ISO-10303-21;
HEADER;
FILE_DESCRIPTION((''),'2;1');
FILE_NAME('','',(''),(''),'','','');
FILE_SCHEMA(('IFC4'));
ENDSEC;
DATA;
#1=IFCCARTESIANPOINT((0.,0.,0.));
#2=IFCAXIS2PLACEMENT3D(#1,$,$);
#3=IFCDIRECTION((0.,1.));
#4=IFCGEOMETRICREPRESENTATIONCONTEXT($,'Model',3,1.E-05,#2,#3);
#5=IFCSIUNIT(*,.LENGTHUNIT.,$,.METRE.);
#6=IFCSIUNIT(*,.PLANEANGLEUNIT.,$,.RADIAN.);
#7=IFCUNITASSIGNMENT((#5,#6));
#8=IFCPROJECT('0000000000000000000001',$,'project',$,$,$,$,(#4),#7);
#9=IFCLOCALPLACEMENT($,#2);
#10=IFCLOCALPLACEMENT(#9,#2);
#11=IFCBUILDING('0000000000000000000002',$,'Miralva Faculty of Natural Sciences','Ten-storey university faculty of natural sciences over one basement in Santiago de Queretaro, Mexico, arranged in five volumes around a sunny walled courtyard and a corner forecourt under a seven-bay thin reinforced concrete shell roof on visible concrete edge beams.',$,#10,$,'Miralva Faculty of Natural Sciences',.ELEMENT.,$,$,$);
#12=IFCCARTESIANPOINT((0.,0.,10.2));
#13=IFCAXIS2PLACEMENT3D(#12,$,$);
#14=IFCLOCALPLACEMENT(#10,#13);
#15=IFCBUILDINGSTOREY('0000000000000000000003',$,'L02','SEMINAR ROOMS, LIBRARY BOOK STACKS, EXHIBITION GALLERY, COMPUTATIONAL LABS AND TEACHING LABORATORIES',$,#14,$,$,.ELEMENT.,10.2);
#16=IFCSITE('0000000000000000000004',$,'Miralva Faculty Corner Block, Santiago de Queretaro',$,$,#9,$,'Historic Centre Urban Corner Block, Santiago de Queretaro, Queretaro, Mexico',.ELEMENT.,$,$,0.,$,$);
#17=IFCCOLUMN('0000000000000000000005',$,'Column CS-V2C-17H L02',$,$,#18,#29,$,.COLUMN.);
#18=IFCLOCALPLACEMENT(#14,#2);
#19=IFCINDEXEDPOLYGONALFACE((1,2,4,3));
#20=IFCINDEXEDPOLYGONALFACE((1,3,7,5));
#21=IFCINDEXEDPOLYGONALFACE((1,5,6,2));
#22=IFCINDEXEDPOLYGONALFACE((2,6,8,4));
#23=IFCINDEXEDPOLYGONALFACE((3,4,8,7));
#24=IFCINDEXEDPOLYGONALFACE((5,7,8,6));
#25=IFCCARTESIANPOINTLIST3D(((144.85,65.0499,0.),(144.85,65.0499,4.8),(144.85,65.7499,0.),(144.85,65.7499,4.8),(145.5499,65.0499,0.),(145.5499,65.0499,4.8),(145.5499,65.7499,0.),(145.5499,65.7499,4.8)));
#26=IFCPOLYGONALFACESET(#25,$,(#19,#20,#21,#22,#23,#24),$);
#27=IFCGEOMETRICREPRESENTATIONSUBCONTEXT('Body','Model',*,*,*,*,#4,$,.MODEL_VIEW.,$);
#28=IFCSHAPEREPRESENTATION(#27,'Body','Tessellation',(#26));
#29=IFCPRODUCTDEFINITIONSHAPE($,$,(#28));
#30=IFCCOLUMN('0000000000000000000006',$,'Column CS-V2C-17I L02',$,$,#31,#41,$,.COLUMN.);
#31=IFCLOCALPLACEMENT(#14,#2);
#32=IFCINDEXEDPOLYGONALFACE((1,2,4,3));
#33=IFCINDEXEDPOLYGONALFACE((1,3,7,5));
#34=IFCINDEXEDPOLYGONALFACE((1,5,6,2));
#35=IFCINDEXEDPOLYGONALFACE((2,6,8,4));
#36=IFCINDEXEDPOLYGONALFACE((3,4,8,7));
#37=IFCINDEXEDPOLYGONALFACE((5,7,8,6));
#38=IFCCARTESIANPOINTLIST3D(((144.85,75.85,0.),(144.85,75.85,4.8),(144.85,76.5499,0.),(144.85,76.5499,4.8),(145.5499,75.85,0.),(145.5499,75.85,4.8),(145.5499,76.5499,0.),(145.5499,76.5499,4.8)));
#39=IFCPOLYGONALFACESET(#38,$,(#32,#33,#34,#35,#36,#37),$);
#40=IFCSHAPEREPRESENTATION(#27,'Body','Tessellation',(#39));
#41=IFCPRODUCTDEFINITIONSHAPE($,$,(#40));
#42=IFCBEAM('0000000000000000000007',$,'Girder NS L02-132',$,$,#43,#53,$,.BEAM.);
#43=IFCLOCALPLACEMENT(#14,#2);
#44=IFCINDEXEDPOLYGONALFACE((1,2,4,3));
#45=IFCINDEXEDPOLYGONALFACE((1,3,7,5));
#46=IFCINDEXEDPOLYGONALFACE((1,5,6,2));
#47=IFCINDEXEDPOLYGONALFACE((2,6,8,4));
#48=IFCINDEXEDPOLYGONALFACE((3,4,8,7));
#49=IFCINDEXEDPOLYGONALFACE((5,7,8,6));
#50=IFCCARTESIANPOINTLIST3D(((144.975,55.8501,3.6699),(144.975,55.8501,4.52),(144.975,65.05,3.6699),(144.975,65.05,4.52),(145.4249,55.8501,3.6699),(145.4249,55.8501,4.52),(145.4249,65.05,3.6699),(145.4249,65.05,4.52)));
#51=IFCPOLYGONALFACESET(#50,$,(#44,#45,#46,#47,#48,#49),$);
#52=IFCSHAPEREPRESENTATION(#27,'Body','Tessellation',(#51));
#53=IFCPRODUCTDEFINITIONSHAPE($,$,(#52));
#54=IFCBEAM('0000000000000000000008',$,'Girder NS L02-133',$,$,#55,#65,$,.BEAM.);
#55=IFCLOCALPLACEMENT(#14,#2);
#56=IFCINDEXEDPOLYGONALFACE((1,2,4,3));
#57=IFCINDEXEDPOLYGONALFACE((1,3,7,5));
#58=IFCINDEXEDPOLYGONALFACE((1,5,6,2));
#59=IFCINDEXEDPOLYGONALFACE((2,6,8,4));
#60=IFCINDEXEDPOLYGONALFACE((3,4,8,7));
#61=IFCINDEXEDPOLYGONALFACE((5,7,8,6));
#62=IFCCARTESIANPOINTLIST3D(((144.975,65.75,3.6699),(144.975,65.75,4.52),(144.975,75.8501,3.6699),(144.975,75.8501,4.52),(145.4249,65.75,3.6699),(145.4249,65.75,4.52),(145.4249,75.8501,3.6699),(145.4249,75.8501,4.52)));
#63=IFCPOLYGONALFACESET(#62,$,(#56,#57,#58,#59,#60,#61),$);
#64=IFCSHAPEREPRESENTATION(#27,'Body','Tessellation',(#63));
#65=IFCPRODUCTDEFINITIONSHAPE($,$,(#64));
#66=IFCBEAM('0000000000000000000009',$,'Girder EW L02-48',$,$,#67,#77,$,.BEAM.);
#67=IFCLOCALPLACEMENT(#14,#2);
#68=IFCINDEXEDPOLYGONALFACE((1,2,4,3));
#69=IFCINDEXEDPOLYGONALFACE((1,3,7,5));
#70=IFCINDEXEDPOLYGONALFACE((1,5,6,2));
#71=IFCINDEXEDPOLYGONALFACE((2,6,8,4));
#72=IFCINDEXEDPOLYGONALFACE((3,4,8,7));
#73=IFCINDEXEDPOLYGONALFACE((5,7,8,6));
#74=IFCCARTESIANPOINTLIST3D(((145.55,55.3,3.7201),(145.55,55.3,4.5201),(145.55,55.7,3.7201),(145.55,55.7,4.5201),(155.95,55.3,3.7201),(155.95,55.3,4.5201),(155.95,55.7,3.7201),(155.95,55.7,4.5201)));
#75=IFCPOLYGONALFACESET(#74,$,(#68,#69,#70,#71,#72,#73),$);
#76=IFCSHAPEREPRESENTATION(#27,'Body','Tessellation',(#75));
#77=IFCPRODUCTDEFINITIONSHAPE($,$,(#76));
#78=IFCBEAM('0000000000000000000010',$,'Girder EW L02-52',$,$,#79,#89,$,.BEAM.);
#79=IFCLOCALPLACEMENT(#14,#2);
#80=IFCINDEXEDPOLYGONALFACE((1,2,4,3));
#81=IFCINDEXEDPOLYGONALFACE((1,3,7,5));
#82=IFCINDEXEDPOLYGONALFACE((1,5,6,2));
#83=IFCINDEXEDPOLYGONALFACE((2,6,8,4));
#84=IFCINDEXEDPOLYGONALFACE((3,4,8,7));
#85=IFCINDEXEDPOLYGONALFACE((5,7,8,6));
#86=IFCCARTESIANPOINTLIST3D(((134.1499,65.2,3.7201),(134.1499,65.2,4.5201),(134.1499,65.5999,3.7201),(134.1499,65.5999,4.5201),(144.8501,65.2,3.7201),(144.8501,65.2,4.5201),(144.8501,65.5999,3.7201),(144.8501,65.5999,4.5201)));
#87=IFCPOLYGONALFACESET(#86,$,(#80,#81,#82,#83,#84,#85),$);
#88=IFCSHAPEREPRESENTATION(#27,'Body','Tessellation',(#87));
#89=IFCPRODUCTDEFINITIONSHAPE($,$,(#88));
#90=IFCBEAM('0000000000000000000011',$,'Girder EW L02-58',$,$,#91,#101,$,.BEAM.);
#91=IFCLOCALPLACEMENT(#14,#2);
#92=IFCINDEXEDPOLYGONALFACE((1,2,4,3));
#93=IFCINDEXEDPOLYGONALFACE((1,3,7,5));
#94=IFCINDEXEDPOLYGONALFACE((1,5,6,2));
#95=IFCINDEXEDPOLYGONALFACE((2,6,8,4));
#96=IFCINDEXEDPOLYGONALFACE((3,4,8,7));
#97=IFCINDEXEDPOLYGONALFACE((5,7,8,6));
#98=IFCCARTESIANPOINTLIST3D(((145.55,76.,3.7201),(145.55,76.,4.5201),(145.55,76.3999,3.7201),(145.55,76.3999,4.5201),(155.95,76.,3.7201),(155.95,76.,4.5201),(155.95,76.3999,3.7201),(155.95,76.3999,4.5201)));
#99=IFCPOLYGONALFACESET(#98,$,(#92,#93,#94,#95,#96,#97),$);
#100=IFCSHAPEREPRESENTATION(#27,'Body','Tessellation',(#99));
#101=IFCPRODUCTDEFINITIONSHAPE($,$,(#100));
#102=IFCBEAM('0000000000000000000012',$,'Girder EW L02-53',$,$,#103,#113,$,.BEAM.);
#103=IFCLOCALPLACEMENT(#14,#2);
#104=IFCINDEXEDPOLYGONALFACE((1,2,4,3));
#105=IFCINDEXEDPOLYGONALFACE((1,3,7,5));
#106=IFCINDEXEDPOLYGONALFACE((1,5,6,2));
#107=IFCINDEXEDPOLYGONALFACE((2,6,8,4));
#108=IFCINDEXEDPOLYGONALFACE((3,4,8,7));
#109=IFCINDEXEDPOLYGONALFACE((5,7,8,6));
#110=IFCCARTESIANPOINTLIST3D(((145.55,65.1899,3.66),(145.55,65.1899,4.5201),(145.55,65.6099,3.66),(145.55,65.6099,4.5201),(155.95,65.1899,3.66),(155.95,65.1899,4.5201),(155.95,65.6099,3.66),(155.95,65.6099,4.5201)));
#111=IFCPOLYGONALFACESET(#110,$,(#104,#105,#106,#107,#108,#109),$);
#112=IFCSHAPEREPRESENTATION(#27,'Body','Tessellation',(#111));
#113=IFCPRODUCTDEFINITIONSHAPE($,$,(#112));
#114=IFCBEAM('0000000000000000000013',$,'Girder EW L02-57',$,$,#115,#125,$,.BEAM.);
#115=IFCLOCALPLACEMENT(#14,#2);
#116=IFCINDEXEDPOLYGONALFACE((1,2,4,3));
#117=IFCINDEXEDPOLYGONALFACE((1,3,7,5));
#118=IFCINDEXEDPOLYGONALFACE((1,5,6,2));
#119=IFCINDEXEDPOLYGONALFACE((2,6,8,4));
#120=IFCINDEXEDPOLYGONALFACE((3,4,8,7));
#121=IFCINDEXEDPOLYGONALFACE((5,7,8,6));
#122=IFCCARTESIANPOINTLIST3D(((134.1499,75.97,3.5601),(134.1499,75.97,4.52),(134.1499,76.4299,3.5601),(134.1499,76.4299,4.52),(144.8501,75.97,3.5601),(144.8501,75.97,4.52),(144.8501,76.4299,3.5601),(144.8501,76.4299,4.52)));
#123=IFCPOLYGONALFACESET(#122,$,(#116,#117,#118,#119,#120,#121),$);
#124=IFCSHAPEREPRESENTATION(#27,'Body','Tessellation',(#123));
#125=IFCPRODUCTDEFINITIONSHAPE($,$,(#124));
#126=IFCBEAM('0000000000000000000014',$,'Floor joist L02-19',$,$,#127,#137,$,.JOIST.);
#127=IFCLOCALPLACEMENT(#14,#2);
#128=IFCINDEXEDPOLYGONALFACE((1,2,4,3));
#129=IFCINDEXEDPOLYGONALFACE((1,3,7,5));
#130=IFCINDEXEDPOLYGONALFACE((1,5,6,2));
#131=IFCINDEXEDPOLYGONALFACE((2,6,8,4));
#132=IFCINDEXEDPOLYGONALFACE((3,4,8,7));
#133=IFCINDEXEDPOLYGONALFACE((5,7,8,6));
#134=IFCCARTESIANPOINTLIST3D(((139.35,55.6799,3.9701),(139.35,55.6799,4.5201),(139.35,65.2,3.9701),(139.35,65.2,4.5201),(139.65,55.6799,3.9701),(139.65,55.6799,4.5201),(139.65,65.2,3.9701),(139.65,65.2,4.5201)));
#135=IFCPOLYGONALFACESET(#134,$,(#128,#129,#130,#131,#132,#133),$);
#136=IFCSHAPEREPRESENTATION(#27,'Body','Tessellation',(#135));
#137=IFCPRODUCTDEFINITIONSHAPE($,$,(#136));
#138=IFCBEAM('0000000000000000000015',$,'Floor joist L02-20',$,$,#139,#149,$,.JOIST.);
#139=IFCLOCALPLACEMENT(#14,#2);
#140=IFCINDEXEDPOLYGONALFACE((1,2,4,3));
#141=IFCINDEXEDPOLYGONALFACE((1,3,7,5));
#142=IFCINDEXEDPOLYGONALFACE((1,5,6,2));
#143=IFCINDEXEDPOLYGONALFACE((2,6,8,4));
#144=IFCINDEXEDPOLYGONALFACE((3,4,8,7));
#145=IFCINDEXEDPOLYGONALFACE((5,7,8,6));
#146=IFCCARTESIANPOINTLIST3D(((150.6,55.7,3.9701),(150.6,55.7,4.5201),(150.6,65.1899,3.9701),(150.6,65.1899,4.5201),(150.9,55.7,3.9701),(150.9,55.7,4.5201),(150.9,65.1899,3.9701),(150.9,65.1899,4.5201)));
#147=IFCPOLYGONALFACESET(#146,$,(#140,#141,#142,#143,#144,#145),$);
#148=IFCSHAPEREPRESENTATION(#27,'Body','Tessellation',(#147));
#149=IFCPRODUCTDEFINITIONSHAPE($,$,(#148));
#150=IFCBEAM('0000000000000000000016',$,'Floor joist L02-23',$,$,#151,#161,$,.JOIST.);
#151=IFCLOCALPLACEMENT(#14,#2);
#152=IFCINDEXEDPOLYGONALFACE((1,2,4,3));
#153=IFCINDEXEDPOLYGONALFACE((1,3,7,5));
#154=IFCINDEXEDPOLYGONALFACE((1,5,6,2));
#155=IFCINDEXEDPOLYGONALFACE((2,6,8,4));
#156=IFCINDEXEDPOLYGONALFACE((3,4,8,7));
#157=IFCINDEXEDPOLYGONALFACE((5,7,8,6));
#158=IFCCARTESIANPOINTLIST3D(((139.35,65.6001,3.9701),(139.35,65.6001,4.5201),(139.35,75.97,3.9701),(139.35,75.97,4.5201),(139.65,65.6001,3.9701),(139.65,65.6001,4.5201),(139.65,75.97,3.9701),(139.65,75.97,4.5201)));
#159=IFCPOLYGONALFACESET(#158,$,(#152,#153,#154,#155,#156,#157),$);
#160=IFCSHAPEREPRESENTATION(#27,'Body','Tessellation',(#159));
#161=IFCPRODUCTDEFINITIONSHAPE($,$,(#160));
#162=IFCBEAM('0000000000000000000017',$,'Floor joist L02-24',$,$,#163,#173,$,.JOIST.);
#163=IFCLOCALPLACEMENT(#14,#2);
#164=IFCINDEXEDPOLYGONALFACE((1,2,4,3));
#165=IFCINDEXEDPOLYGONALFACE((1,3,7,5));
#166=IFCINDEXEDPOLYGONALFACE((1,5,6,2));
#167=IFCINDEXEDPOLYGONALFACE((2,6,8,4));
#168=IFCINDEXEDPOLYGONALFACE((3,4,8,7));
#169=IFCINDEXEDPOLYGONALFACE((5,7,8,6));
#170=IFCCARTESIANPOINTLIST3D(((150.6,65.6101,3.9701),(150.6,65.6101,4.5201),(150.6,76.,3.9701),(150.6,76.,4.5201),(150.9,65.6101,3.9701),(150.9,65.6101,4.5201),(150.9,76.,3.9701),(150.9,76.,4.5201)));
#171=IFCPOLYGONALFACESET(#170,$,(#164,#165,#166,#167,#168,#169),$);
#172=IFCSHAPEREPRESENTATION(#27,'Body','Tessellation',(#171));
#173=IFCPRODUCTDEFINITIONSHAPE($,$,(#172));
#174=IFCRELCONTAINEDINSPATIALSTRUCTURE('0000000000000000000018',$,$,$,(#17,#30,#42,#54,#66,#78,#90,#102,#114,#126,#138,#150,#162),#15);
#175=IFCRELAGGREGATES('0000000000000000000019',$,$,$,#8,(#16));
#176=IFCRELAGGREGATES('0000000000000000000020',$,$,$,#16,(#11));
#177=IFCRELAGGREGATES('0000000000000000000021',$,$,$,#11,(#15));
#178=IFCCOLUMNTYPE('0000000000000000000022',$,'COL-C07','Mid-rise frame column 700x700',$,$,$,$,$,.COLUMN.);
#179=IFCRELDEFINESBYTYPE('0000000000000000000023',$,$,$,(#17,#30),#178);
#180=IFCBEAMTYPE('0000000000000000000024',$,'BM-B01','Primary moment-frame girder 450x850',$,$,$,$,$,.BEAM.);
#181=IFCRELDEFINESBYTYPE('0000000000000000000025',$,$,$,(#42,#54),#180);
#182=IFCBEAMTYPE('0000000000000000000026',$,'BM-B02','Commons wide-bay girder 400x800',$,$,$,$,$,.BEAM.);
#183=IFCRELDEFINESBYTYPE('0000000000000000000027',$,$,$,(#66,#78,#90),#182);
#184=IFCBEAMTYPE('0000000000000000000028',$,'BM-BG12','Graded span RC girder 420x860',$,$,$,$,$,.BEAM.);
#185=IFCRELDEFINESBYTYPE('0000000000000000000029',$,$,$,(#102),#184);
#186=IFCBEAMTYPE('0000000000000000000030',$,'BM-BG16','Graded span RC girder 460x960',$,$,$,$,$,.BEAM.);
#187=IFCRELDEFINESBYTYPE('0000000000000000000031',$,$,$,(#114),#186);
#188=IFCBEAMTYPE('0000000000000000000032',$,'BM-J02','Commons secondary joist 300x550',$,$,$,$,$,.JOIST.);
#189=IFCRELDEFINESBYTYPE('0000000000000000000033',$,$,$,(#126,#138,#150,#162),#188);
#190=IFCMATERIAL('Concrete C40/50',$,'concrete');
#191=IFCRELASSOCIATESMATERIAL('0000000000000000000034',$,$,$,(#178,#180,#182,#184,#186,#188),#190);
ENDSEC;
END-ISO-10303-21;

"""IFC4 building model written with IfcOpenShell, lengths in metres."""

from ifc_helpers import new_model, si_unit, direction, frame, origin, origin_2d, place, context, subcontext, project, spatial, rectangle, extrude, material, material_profile, profile_set, type_object, element, save


model = new_model("IFC4")

# Units and contexts
model_context = context("Model", 3, precision=1e-05, world=origin(), true_north=direction((0.0, 1.0)))
body_context = subcontext(model_context, "Body", "Model", "MODEL_VIEW")
ifc_project = project(units=[si_unit("LENGTHUNIT", "METRE"), si_unit("PLANEANGLEUNIT", "RADIAN")], contexts=[model_context])

# Site, building, storey
site_placement = place(None, origin())
site = spatial("IfcSite", under=ifc_project, at=site_placement, Name="Miralva Faculty Corner Block, Santiago de Queretaro", LongName="Historic Centre Urban Corner Block, Santiago de Queretaro, Queretaro, Mexico", CompositionType="ELEMENT", RefElevation=0.0)
building_placement = place(site_placement, origin())
building = spatial("IfcBuilding", under=site, at=building_placement, Name="Miralva Faculty of Natural Sciences", Description="Ten-storey university faculty of natural sciences over one basement in Santiago de Queretaro, Mexico, arranged in five volumes around a sunny walled courtyard and a corner forecourt under a seven-bay thin reinforced concrete shell roof on visible concrete edge beams.", LongName="Miralva Faculty of Natural Sciences", CompositionType="ELEMENT")
storey_placement = place(building_placement, frame((0.0, 0.0, 10.2)))
storey = spatial("IfcBuildingStorey", under=building, at=storey_placement, Name="L02", Description="SEMINAR ROOMS, LIBRARY BOOK STACKS, EXHIBITION GALLERY, COMPUTATIONAL LABS AND TEACHING LABORATORIES", CompositionType="ELEMENT", Elevation=10.2)

# Columns
ifc_material_1 = material(Name="Concrete C40/50", Category="concrete")
ifc_material_profile_1 = material_profile(ifc_material_1, rectangle(XDim=0.7, YDim=0.7, at=origin_2d()), Name="RC 700x700")
ifc_profile_set_1 = profile_set([ifc_material_profile_1], Name="Concrete C40/50")
column_type = type_object("IfcColumnType", Name="COL-C07", Description="Mid-rise frame column 700x700", PredefinedType="COLUMN", material=ifc_profile_set_1)
for number, where, z_axis, x_axis, name in (
    (1, (145.2, 65.3999, 0.0), (0.0, 0.0, 1.0), (1.0, 0.0, 0.0), "Column CS-V2C-17H L02"),
    (2, (145.2, 76.2, 0.0), (0.0, 0.0, 1.0), (1.0, 0.0, 0.0), "Column CS-V2C-17I L02"),
):
    element("IfcColumn", number, at=place(storey_placement, frame(where, z_axis=z_axis, x_axis=x_axis)), inside=storey, type_object=column_type, Name=name, PredefinedType="COLUMN", context=body_context, shape_type="SweptSolid", body=[
        extrude(rectangle(XDim=0.7, YDim=0.7, at=origin_2d()), origin(), (0.0, 0.0, 1.0), 4.8),
    ])

# Beams
ifc_material_profile_2 = material_profile(ifc_material_1, rectangle(XDim=0.45, YDim=0.8501, at=origin_2d()), Name="RC 450x850")
ifc_profile_set_2 = profile_set([ifc_material_profile_2], Name="Concrete C40/50")
beam_type_1 = type_object("IfcBeamType", Name="BM-B01", Description="Primary moment-frame girder 450x850", PredefinedType="BEAM", material=ifc_profile_set_2)
beam_1_placement = place(storey_placement, frame((145.2, 55.8501, 4.095), z_axis=(0.0, 1.0, 0.0), x_axis=(-1.0, 0.0, 0.0)))
element("IfcBeam", 3, at=beam_1_placement, inside=storey, type_object=beam_type_1, Name="Girder NS L02-132", PredefinedType="BEAM", context=body_context, shape_type="SweptSolid", body=[
    extrude(rectangle(XDim=0.45, YDim=0.8501, at=origin_2d()), origin(), (0.0, 0.0, 1.0), 9.2),
])
beam_2_placement = place(storey_placement, frame((145.2, 65.75, 4.095), z_axis=(0.0, 1.0, 0.0), x_axis=(-1.0, 0.0, 0.0)))
element("IfcBeam", 4, at=beam_2_placement, inside=storey, type_object=beam_type_1, Name="Girder NS L02-133", PredefinedType="BEAM", context=body_context, shape_type="SweptSolid", body=[
    extrude(rectangle(XDim=0.45, YDim=0.8501, at=origin_2d()), origin(), (0.0, 0.0, 1.0), 10.1001),
])
ifc_material_profile_3 = material_profile(ifc_material_1, rectangle(XDim=0.3999, YDim=0.8, at=origin_2d()), Name="RC 400x800")
ifc_profile_set_3 = profile_set([ifc_material_profile_3], Name="Concrete C40/50")
beam_type_2 = type_object("IfcBeamType", Name="BM-B02", Description="Commons wide-bay girder 400x800", PredefinedType="BEAM", material=ifc_profile_set_3)
beam_3_placement = place(storey_placement, frame((145.55, 55.5, 4.1201), z_axis=(1.0, 0.0, 0.0), x_axis=(0.0, 1.0, 0.0)))
element("IfcBeam", 5, at=beam_3_placement, inside=storey, type_object=beam_type_2, Name="Girder EW L02-48", PredefinedType="BEAM", context=body_context, shape_type="SweptSolid", body=[
    extrude(rectangle(XDim=0.3999, YDim=0.8, at=origin_2d()), origin(), (0.0, 0.0, 1.0), 10.3999),
])
beam_4_placement = place(storey_placement, frame((134.1499, 65.3999, 4.1201), z_axis=(1.0, 0.0, 0.0), x_axis=(0.0, 1.0, 0.0)))
element("IfcBeam", 6, at=beam_4_placement, inside=storey, type_object=beam_type_2, Name="Girder EW L02-52", PredefinedType="BEAM", context=body_context, shape_type="SweptSolid", body=[
    extrude(rectangle(XDim=0.3999, YDim=0.8, at=origin_2d()), origin(), (0.0, 0.0, 1.0), 10.7002),
])
beam_5_placement = place(storey_placement, frame((145.55, 76.2, 4.1201), z_axis=(1.0, 0.0, 0.0), x_axis=(0.0, 1.0, 0.0)))
element("IfcBeam", 7, at=beam_5_placement, inside=storey, type_object=beam_type_2, Name="Girder EW L02-58", PredefinedType="BEAM", context=body_context, shape_type="SweptSolid", body=[
    extrude(rectangle(XDim=0.3999, YDim=0.8, at=origin_2d()), origin(), (0.0, 0.0, 1.0), 10.3999),
])
ifc_material_profile_4 = material_profile(ifc_material_1, rectangle(XDim=0.4199, YDim=0.8601, at=origin_2d()), Name="RC 420x860")
ifc_profile_set_4 = profile_set([ifc_material_profile_4], Name="Concrete C40/50")
beam_type_3 = type_object("IfcBeamType", Name="BM-BG12", Description="Graded span RC girder 420x860", PredefinedType="BEAM", material=ifc_profile_set_4)
beam_6_placement = place(storey_placement, frame((145.55, 65.3999, 4.0901), z_axis=(1.0, 0.0, 0.0), x_axis=(0.0, 1.0, 0.0)))
element("IfcBeam", 8, at=beam_6_placement, inside=storey, type_object=beam_type_3, Name="Girder EW L02-53", PredefinedType="BEAM", context=body_context, shape_type="SweptSolid", body=[
    extrude(rectangle(XDim=0.4199, YDim=0.8601, at=origin_2d()), origin(), (0.0, 0.0, 1.0), 10.3999),
])
ifc_material_profile_5 = material_profile(ifc_material_1, rectangle(XDim=0.46, YDim=0.96, at=origin_2d()), Name="RC 460x960")
ifc_profile_set_5 = profile_set([ifc_material_profile_5], Name="Concrete C40/50")
beam_type_4 = type_object("IfcBeamType", Name="BM-BG16", Description="Graded span RC girder 460x960", PredefinedType="BEAM", material=ifc_profile_set_5)
beam_7_placement = place(storey_placement, frame((134.1499, 76.2, 4.04), z_axis=(1.0, 0.0, 0.0), x_axis=(0.0, 1.0, 0.0)))
element("IfcBeam", 9, at=beam_7_placement, inside=storey, type_object=beam_type_4, Name="Girder EW L02-57", PredefinedType="BEAM", context=body_context, shape_type="SweptSolid", body=[
    extrude(rectangle(XDim=0.46, YDim=0.96, at=origin_2d()), origin(), (0.0, 0.0, 1.0), 10.7002),
])
ifc_material_profile_6 = material_profile(ifc_material_1, rectangle(XDim=0.3, YDim=0.55, at=origin_2d()), Name="RC 300x550")
ifc_profile_set_6 = profile_set([ifc_material_profile_6], Name="Concrete C40/50")
beam_type_5 = type_object("IfcBeamType", Name="BM-J02", Description="Commons secondary joist 300x550", PredefinedType="JOIST", material=ifc_profile_set_6)
beam_8_placement = place(storey_placement, frame((139.5, 55.6799, 4.2451), z_axis=(0.0, 1.0, 0.0), x_axis=(-1.0, 0.0, 0.0)))
element("IfcBeam", 10, at=beam_8_placement, inside=storey, type_object=beam_type_5, Name="Floor joist L02-19", PredefinedType="JOIST", context=body_context, shape_type="SweptSolid", body=[
    extrude(rectangle(XDim=0.3, YDim=0.55, at=origin_2d()), origin(), (0.0, 0.0, 1.0), 9.52),
])
beam_9_placement = place(storey_placement, frame((150.75, 55.7, 4.2451), z_axis=(0.0, 1.0, 0.0), x_axis=(-1.0, 0.0, 0.0)))
element("IfcBeam", 11, at=beam_9_placement, inside=storey, type_object=beam_type_5, Name="Floor joist L02-20", PredefinedType="JOIST", context=body_context, shape_type="SweptSolid", body=[
    extrude(rectangle(XDim=0.3, YDim=0.55, at=origin_2d()), origin(), (0.0, 0.0, 1.0), 9.49),
])
beam_10_placement = place(storey_placement, frame((139.5, 65.6001, 4.2451), z_axis=(0.0, 1.0, 0.0), x_axis=(-1.0, 0.0, 0.0)))
element("IfcBeam", 12, at=beam_10_placement, inside=storey, type_object=beam_type_5, Name="Floor joist L02-23", PredefinedType="JOIST", context=body_context, shape_type="SweptSolid", body=[
    extrude(rectangle(XDim=0.3, YDim=0.55, at=origin_2d()), origin(), (0.0, 0.0, 1.0), 10.3699),
])
beam_11_placement = place(storey_placement, frame((150.75, 65.6101, 4.2451), z_axis=(0.0, 1.0, 0.0), x_axis=(-1.0, 0.0, 0.0)))
element("IfcBeam", 13, at=beam_11_placement, inside=storey, type_object=beam_type_5, Name="Floor joist L02-24", PredefinedType="JOIST", context=body_context, shape_type="SweptSolid", body=[
    extrude(rectangle(XDim=0.3, YDim=0.55, at=origin_2d()), origin(), (0.0, 0.0, 1.0), 10.3899),
])

save(model, "model.ifc")
